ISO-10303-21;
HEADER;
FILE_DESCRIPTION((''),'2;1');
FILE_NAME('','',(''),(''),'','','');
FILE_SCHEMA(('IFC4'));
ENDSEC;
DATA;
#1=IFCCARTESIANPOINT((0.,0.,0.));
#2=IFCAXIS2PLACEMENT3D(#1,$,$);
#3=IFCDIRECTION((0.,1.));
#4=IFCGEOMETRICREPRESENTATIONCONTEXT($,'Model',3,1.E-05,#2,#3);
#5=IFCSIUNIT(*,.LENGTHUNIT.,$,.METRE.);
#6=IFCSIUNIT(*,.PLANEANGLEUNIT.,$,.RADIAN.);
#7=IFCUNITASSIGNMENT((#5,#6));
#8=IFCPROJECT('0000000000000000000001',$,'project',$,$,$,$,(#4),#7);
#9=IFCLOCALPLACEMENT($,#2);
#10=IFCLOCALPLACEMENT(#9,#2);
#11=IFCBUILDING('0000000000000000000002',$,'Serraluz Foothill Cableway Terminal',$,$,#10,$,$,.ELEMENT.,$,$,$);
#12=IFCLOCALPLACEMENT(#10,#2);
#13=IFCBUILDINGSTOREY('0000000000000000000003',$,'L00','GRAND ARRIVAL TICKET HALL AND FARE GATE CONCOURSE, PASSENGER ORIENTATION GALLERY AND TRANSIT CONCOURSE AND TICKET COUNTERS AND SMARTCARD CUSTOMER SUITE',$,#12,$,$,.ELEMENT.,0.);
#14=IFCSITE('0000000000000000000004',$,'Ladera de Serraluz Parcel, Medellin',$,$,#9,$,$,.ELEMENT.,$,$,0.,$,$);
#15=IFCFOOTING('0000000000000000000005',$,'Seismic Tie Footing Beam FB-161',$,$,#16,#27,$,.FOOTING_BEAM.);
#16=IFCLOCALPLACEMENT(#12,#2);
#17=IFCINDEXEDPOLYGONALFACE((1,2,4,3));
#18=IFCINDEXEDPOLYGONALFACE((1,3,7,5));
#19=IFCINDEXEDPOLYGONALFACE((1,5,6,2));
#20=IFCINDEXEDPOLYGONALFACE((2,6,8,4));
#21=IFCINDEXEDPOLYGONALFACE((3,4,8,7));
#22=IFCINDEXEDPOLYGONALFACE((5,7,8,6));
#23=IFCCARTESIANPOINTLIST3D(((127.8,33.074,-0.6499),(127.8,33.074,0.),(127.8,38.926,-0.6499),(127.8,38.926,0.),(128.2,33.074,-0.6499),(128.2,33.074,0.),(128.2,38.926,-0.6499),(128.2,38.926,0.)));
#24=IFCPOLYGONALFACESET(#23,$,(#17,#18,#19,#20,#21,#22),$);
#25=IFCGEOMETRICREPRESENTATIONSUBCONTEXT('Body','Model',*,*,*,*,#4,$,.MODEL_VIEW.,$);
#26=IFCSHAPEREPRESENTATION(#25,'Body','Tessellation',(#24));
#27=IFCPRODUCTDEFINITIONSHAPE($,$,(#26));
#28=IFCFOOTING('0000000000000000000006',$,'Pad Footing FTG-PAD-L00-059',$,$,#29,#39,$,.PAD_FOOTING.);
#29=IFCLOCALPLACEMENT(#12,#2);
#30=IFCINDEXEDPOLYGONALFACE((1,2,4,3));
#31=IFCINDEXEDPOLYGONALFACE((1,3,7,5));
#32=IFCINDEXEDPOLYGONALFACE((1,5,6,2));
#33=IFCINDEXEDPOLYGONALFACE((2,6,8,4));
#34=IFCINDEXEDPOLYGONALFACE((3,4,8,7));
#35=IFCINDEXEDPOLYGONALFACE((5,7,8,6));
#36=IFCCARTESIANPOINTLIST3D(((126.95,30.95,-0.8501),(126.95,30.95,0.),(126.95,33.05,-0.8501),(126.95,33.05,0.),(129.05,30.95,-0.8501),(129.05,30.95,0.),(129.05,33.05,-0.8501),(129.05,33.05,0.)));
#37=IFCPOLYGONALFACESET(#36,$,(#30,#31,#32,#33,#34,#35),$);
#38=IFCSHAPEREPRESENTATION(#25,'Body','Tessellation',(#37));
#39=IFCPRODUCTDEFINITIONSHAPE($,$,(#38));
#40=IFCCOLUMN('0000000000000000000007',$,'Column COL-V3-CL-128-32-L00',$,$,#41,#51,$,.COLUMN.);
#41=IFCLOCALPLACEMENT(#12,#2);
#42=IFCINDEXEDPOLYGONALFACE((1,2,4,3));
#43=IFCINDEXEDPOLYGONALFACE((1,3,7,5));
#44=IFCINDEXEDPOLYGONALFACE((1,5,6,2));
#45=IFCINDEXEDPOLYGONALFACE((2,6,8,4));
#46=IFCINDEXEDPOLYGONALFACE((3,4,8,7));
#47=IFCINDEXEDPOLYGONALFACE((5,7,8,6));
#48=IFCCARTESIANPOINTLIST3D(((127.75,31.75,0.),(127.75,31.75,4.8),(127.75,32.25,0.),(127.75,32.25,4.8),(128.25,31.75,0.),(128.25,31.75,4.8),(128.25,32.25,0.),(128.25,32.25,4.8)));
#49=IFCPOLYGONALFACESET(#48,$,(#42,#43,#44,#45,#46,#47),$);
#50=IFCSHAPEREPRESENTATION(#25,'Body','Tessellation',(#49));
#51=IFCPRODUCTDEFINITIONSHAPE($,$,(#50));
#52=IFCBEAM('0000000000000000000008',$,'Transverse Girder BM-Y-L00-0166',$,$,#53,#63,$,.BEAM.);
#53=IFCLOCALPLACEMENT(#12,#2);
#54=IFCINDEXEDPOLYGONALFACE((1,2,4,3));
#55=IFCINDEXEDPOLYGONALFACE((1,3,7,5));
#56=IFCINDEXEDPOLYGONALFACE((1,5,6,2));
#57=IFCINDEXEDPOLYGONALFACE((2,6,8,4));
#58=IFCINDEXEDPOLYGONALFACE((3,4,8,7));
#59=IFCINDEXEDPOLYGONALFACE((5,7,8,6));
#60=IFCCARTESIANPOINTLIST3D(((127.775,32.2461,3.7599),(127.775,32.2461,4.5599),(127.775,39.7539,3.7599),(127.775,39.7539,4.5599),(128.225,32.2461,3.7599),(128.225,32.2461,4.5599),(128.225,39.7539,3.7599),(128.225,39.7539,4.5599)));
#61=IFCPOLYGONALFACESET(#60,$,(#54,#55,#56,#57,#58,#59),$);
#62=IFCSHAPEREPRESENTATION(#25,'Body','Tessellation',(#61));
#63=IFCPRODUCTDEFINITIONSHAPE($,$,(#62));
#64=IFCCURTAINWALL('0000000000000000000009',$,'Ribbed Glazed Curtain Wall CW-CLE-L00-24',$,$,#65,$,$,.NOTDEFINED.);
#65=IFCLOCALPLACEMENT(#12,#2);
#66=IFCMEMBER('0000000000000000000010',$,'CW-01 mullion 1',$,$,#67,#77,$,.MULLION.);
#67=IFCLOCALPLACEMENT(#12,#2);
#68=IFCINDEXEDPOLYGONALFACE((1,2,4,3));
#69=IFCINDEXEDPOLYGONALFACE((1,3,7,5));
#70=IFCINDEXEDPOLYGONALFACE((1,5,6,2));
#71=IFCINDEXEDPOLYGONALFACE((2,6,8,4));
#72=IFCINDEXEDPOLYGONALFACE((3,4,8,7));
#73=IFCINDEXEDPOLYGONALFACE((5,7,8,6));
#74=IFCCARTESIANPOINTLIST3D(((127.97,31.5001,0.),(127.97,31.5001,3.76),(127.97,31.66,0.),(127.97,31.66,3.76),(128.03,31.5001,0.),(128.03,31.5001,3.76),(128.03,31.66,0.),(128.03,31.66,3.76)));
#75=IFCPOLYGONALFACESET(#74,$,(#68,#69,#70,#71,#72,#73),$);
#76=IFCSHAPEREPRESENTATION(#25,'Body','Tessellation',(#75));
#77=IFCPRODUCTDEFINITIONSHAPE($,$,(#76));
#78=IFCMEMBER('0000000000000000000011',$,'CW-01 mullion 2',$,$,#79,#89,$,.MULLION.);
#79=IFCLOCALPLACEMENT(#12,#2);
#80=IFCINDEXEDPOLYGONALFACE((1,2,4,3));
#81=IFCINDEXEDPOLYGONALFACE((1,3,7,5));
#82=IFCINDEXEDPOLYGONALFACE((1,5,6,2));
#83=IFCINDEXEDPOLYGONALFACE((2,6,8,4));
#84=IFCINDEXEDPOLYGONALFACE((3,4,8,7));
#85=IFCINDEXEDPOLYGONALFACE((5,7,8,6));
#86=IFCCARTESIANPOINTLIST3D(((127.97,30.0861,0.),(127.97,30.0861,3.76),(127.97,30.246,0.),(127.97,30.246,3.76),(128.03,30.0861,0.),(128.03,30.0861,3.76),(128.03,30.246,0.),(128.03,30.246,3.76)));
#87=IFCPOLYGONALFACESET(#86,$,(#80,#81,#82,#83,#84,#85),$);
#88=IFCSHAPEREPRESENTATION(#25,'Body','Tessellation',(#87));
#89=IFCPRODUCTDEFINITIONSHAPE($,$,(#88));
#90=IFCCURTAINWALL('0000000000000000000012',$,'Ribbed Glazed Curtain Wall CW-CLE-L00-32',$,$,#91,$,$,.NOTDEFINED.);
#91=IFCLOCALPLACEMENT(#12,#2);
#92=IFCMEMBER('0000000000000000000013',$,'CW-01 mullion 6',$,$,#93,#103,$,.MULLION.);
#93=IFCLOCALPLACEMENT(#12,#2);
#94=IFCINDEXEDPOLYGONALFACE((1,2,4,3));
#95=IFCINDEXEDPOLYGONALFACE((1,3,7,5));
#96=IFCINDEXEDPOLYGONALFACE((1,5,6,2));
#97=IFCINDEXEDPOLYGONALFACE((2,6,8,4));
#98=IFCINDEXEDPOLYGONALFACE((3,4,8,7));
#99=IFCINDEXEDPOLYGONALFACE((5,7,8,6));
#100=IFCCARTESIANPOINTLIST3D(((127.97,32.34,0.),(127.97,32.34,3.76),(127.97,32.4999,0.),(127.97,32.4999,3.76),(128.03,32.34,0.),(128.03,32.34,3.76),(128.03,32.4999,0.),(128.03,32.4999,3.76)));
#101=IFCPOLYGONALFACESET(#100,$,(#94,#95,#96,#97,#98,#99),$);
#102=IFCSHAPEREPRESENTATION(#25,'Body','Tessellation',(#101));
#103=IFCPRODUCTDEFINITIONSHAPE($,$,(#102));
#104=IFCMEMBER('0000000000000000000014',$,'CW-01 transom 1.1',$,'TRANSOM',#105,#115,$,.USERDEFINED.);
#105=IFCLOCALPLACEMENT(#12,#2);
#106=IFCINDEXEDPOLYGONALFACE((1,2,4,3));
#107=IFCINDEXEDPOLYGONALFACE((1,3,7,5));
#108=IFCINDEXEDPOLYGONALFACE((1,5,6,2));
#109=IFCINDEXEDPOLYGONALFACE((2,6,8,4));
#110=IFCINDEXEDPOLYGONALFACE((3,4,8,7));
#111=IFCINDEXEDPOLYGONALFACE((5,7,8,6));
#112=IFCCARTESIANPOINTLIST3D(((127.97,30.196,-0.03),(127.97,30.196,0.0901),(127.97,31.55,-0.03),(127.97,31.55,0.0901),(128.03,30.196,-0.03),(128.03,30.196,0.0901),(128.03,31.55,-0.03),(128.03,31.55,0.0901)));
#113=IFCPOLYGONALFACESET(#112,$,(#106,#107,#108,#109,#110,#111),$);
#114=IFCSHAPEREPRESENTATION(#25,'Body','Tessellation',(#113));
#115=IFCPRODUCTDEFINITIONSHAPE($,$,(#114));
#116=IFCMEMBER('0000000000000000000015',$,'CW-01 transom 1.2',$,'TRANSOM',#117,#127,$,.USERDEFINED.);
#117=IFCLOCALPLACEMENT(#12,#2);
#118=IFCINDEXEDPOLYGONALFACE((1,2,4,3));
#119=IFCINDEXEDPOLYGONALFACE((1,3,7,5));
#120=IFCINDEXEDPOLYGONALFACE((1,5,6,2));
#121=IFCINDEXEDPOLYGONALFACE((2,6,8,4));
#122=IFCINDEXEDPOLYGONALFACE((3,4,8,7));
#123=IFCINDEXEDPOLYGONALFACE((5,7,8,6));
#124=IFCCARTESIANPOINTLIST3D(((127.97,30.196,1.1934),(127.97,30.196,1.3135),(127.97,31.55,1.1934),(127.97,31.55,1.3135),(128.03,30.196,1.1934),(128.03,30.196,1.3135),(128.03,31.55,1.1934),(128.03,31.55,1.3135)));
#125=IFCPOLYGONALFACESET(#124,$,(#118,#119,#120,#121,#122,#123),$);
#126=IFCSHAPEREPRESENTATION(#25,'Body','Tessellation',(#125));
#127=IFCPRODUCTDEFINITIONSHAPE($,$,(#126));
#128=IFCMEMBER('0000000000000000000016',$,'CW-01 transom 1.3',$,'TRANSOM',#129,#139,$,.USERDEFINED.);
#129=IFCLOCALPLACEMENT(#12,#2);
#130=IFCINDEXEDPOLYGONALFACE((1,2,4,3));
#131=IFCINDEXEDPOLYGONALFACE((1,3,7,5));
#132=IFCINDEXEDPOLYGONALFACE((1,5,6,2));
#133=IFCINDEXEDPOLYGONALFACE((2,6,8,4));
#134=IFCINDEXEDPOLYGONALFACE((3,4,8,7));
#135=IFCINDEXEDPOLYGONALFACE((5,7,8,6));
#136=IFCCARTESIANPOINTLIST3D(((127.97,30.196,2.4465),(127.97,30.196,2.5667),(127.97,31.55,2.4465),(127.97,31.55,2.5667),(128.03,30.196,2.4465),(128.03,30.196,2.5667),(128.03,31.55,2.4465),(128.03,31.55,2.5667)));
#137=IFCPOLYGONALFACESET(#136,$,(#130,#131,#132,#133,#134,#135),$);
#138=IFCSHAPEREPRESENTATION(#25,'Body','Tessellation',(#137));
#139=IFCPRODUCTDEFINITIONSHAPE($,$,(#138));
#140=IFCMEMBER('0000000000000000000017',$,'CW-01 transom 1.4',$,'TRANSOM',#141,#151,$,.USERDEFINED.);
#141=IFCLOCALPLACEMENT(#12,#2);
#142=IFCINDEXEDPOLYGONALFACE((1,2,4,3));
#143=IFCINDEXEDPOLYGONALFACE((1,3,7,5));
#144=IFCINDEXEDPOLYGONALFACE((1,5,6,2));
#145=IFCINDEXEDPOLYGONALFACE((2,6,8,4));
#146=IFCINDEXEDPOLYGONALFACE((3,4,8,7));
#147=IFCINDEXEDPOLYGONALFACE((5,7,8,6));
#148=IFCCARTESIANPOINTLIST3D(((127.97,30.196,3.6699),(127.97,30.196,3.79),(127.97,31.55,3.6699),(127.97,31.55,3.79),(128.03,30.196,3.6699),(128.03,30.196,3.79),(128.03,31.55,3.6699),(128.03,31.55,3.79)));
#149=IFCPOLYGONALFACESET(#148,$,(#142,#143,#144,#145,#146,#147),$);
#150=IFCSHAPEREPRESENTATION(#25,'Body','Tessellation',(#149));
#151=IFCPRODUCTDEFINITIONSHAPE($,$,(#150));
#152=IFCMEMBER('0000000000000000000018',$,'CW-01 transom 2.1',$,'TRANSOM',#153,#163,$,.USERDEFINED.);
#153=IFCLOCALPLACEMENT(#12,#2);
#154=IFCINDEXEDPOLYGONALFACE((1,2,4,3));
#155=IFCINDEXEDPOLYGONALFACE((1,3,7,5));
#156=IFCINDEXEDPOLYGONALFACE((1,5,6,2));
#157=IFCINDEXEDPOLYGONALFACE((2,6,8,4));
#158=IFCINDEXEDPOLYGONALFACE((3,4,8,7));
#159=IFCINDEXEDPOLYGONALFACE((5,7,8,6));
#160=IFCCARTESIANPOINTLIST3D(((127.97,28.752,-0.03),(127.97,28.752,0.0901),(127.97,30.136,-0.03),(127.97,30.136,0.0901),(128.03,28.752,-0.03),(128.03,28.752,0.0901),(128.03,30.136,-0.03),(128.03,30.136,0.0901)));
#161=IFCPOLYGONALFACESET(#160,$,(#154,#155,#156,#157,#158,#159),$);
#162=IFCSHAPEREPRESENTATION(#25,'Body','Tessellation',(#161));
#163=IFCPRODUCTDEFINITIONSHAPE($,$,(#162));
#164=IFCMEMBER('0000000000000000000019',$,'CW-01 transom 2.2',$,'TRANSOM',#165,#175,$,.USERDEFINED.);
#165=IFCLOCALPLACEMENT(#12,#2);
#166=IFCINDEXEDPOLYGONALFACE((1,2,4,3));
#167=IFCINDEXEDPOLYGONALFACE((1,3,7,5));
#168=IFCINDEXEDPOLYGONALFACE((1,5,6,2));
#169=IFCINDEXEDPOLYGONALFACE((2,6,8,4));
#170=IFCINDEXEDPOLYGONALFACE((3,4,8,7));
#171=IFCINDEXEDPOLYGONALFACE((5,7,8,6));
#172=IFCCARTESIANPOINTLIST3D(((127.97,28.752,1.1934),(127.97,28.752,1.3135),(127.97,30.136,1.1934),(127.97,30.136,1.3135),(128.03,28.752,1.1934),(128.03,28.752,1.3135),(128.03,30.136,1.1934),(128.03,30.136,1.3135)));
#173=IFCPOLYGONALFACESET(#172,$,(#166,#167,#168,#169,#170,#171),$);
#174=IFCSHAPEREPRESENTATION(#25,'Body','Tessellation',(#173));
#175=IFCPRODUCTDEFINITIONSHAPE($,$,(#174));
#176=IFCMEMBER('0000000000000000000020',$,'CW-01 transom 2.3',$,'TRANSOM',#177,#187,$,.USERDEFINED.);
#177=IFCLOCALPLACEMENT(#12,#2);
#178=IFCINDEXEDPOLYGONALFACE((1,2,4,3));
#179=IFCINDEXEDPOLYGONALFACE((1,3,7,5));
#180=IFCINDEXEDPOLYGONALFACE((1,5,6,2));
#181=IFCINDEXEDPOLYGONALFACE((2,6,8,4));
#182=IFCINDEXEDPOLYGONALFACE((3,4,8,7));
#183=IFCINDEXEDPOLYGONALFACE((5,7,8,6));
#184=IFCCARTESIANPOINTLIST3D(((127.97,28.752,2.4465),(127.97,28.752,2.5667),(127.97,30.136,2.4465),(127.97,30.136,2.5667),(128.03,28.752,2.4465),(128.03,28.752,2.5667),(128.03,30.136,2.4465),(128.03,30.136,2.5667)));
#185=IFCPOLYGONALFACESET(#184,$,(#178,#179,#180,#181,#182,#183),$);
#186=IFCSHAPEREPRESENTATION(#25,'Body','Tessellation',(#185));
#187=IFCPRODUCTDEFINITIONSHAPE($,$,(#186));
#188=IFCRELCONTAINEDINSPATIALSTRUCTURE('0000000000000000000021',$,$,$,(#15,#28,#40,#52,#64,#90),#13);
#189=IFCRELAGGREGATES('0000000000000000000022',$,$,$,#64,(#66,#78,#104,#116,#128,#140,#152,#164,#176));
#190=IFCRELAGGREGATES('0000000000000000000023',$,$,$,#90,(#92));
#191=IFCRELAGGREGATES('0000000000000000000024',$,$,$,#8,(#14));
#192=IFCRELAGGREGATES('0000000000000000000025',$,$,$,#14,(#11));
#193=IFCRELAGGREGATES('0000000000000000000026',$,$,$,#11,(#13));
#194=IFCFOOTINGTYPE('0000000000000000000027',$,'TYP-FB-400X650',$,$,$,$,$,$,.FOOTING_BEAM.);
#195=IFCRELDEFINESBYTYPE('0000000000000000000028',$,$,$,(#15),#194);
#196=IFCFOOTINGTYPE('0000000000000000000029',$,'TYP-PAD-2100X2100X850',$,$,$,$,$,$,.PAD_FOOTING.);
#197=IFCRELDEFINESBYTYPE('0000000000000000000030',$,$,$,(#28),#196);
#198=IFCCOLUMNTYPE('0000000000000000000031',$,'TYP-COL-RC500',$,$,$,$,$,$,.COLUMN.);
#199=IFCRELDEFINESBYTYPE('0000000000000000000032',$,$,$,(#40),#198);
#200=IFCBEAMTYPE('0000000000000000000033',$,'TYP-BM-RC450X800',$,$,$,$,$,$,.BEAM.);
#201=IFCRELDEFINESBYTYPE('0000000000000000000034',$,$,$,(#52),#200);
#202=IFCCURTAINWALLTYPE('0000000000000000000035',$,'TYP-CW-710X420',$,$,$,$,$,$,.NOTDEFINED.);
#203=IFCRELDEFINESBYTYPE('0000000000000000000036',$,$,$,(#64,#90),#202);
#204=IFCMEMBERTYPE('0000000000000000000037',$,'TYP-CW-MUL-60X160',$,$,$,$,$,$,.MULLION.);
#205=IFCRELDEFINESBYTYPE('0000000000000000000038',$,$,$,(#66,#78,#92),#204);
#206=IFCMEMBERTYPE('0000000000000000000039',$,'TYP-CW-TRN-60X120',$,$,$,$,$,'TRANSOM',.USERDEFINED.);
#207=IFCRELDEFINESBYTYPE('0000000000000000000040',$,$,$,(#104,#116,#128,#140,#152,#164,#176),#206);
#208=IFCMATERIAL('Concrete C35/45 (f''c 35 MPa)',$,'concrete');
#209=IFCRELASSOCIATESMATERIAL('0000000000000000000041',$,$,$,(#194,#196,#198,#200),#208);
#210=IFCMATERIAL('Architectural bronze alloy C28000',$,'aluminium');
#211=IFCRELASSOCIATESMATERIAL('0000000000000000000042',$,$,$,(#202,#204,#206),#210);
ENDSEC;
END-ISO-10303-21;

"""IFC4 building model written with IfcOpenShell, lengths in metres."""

from ifc_helpers import new_model, si_unit, direction, frame, origin, origin_2d, place, context, subcontext, project, spatial, rectangle, extrude, material, material_profile, profile_set, type_object, element, aggregate, save


model = new_model("IFC4")

# Units and contexts
model_context = context("Model", 3, precision=1e-05, world=origin(), true_north=direction((0.0, 1.0)))
body_context = subcontext(model_context, "Body", "Model", "MODEL_VIEW")
ifc_project = project(units=[si_unit("LENGTHUNIT", "METRE"), si_unit("PLANEANGLEUNIT", "RADIAN")], contexts=[model_context])

# Site, building, storey
site_placement = place(None, origin())
site = spatial("IfcSite", under=ifc_project, at=site_placement, Name="Ladera de Serraluz Parcel, Medellin", CompositionType="ELEMENT", RefElevation=0.0)
building_placement = place(site_placement, origin())
building = spatial("IfcBuilding", under=site, at=building_placement, Name="Serraluz Foothill Cableway Terminal", CompositionType="ELEMENT")
storey_placement = place(building_placement, origin())
storey = spatial("IfcBuildingStorey", under=building, at=storey_placement, Name="L00", Description="GRAND ARRIVAL TICKET HALL AND FARE GATE CONCOURSE, PASSENGER ORIENTATION GALLERY AND TRANSIT CONCOURSE AND TICKET COUNTERS AND SMARTCARD CUSTOMER SUITE", CompositionType="ELEMENT", Elevation=0.0)

# Footings
ifc_material_1 = material(Name="Concrete C35/45 (f'c 35 MPa)", Category="concrete")
ifc_material_profile_1 = material_profile(ifc_material_1, rectangle(XDim=0.3999, YDim=0.6499, at=origin_2d()), Name="RC 400x650")
ifc_profile_set_1 = profile_set([ifc_material_profile_1], Name="Concrete C35/45 (f'c 35 MPa)")
footing_type_1 = type_object("IfcFootingType", Name="TYP-FB-400X650", PredefinedType="FOOTING_BEAM", material=ifc_profile_set_1)
footing_1_placement = place(storey_placement, frame((128.0, 33.074, -0.325), z_axis=(0.0, 1.0, 0.0), x_axis=(-1.0, 0.0, 0.0)))
element("IfcFooting", 1, at=footing_1_placement, inside=storey, type_object=footing_type_1, Name="Seismic Tie Footing Beam FB-161", PredefinedType="FOOTING_BEAM", context=body_context, shape_type="SweptSolid", body=[
    extrude(rectangle(XDim=0.3999, YDim=0.6499, at=origin_2d()), origin(), (0.0, 0.0, 1.0), 5.8521),
])
footing_type_2 = type_object("IfcFootingType", Name="TYP-PAD-2100X2100X850", PredefinedType="PAD_FOOTING", material=ifc_material_1)
footing_2_placement = place(storey_placement, frame((128.0, 32.0, -0.8501), z_axis=(0.0, 0.0, 1.0), x_axis=(1.0, 0.0, 0.0)))
element("IfcFooting", 2, at=footing_2_placement, inside=storey, type_object=footing_type_2, Name="Pad Footing FTG-PAD-L00-059", PredefinedType="PAD_FOOTING", context=body_context, shape_type="SweptSolid", body=[
    extrude(rectangle(XDim=2.1001, YDim=2.1001, at=origin_2d()), origin(), (0.0, 0.0, 1.0), 0.8501),
])

# Column
ifc_material_profile_2 = material_profile(ifc_material_1, rectangle(XDim=0.5, YDim=0.5, at=origin_2d()), Name="RC 500x500")
ifc_profile_set_2 = profile_set([ifc_material_profile_2], Name="Concrete C35/45 (f'c 35 MPa)")
column_type = type_object("IfcColumnType", Name="TYP-COL-RC500", PredefinedType="COLUMN", material=ifc_profile_set_2)
column_placement = place(storey_placement, frame((128.0, 32.0, 0.0), z_axis=(0.0, 0.0, 1.0), x_axis=(1.0, 0.0, 0.0)))
element("IfcColumn", 3, at=column_placement, inside=storey, type_object=column_type, Name="Column COL-V3-CL-128-32-L00", PredefinedType="COLUMN", context=body_context, shape_type="SweptSolid", body=[
    extrude(rectangle(XDim=0.5, YDim=0.5, at=origin_2d()), origin(), (0.0, 0.0, 1.0), 4.8),
])

# Beam
ifc_material_profile_3 = material_profile(ifc_material_1, rectangle(XDim=0.45, YDim=0.8, at=origin_2d()), Name="RC 450x800")
ifc_profile_set_3 = profile_set([ifc_material_profile_3], Name="Concrete C35/45 (f'c 35 MPa)")
beam_type = type_object("IfcBeamType", Name="TYP-BM-RC450X800", PredefinedType="BEAM", material=ifc_profile_set_3)
beam_placement = place(storey_placement, frame((128.0, 32.2461, 4.1599), z_axis=(0.0, 1.0, 0.0), x_axis=(-1.0, 0.0, 0.0)))
element("IfcBeam", 4, at=beam_placement, inside=storey, type_object=beam_type, Name="Transverse Girder BM-Y-L00-0166", PredefinedType="BEAM", context=body_context, shape_type="SweptSolid", body=[
    extrude(rectangle(XDim=0.45, YDim=0.8, at=origin_2d()), origin(), (0.0, 0.0, 1.0), 7.5078),
])

# Curtain wall, members
ifc_material_2 = material(Name="Architectural bronze alloy C28000", Category="aluminium")
curtain_wall_type = type_object("IfcCurtainWallType", Name="TYP-CW-710X420", PredefinedType="NOTDEFINED", material=ifc_material_2)
curtain_wall_1_placement = place(storey_placement, origin())
curtain_wall_1 = element("IfcCurtainWall", 5, at=curtain_wall_1_placement, inside=storey, type_object=curtain_wall_type, Name="Ribbed Glazed Curtain Wall CW-CLE-L00-24", PredefinedType="NOTDEFINED")
ifc_material_profile_4 = material_profile(ifc_material_2, rectangle(XDim=0.0601, YDim=0.1599, at=origin_2d()), Name="ALU MULLION 60x160")
ifc_profile_set_4 = profile_set([ifc_material_profile_4], Name="Architectural bronze alloy C28000")
member_type_1 = type_object("IfcMemberType", Name="TYP-CW-MUL-60X160", PredefinedType="MULLION", material=ifc_profile_set_4)
member_1_placement = place(storey_placement, frame((128.0, 31.5801, 0.0), z_axis=(0.0, 0.0, 1.0), x_axis=(1.0, 0.0, 0.0)))
member_1 = element("IfcMember", 6, at=member_1_placement, type_object=member_type_1, Name="CW-01 mullion 1", PredefinedType="MULLION", context=body_context, shape_type="SweptSolid", body=[
    extrude(rectangle(XDim=0.0601, YDim=0.1599, at=origin_2d()), origin(), (0.0, 0.0, 1.0), 3.76),
])
member_2_placement = place(storey_placement, frame((128.0, 30.166, 0.0), z_axis=(0.0, 0.0, 1.0), x_axis=(1.0, 0.0, 0.0)))
member_2 = element("IfcMember", 7, at=member_2_placement, type_object=member_type_1, Name="CW-01 mullion 2", PredefinedType="MULLION", context=body_context, shape_type="SweptSolid", body=[
    extrude(rectangle(XDim=0.0601, YDim=0.1599, at=origin_2d()), origin(), (0.0, 0.0, 1.0), 3.76),
])

# Curtain wall, member
curtain_wall_2_placement = place(storey_placement, origin())
curtain_wall_2 = element("IfcCurtainWall", 8, at=curtain_wall_2_placement, inside=storey, type_object=curtain_wall_type, Name="Ribbed Glazed Curtain Wall CW-CLE-L00-32", PredefinedType="NOTDEFINED")
member_3_placement = place(storey_placement, frame((128.0, 32.4199, 0.0), z_axis=(0.0, 0.0, 1.0), x_axis=(1.0, 0.0, 0.0)))
member_3 = element("IfcMember", 9, at=member_3_placement, type_object=member_type_1, Name="CW-01 mullion 6", PredefinedType="MULLION", context=body_context, shape_type="SweptSolid", body=[
    extrude(rectangle(XDim=0.0601, YDim=0.1599, at=origin_2d()), origin(), (0.0, 0.0, 1.0), 3.76),
])

# Members
ifc_material_profile_5 = material_profile(ifc_material_2, rectangle(XDim=0.0601, YDim=0.1201, at=origin_2d()), Name="ALU TRANSOM 60x120")
ifc_profile_set_5 = profile_set([ifc_material_profile_5], Name="Architectural bronze alloy C28000")
member_type_2 = type_object("IfcMemberType", Name="TYP-CW-TRN-60X120", ElementType="TRANSOM", PredefinedType="USERDEFINED", material=ifc_profile_set_5)
member_4_placement = place(storey_placement, frame((128.0, 31.55, 0.03), z_axis=(0.0, -1.0, 0.0), x_axis=(1.0, 0.0, 0.0)))
member_4 = element("IfcMember", 10, at=member_4_placement, type_object=member_type_2, Name="CW-01 transom 1.1", ObjectType="TRANSOM", PredefinedType="USERDEFINED", context=body_context, shape_type="SweptSolid", body=[
    extrude(rectangle(XDim=0.0601, YDim=0.1201, at=origin_2d()), origin(), (0.0, 0.0, 1.0), 1.354),
])
member_5_placement = place(storey_placement, frame((128.0, 31.55, 1.2534), z_axis=(0.0, -1.0, 0.0), x_axis=(1.0, 0.0, 0.0)))
member_5 = element("IfcMember", 11, at=member_5_placement, type_object=member_type_2, Name="CW-01 transom 1.2", ObjectType="TRANSOM", PredefinedType="USERDEFINED", context=body_context, shape_type="SweptSolid", body=[
    extrude(rectangle(XDim=0.0601, YDim=0.1201, at=origin_2d()), origin(), (0.0, 0.0, 1.0), 1.354),
])
member_6_placement = place(storey_placement, frame((128.0, 31.55, 2.5066), z_axis=(0.0, -1.0, 0.0), x_axis=(1.0, 0.0, 0.0)))
member_6 = element("IfcMember", 12, at=member_6_placement, type_object=member_type_2, Name="CW-01 transom 1.3", ObjectType="TRANSOM", PredefinedType="USERDEFINED", context=body_context, shape_type="SweptSolid", body=[
    extrude(rectangle(XDim=0.0601, YDim=0.1201, at=origin_2d()), origin(), (0.0, 0.0, 1.0), 1.354),
])
member_7_placement = place(storey_placement, frame((128.0, 31.55, 3.73), z_axis=(0.0, -1.0, 0.0), x_axis=(1.0, 0.0, 0.0)))
member_7 = element("IfcMember", 13, at=member_7_placement, type_object=member_type_2, Name="CW-01 transom 1.4", ObjectType="TRANSOM", PredefinedType="USERDEFINED", context=body_context, shape_type="SweptSolid", body=[
    extrude(rectangle(XDim=0.0601, YDim=0.1201, at=origin_2d()), origin(), (0.0, 0.0, 1.0), 1.354),
])
member_8_placement = place(storey_placement, frame((128.0, 30.136, 0.03), z_axis=(0.0, -1.0, 0.0), x_axis=(1.0, 0.0, 0.0)))
member_8 = element("IfcMember", 14, at=member_8_placement, type_object=member_type_2, Name="CW-01 transom 2.1", ObjectType="TRANSOM", PredefinedType="USERDEFINED", context=body_context, shape_type="SweptSolid", body=[
    extrude(rectangle(XDim=0.0601, YDim=0.1201, at=origin_2d()), origin(), (0.0, 0.0, 1.0), 1.384),
])
member_9_placement = place(storey_placement, frame((128.0, 30.136, 1.2534), z_axis=(0.0, -1.0, 0.0), x_axis=(1.0, 0.0, 0.0)))
member_9 = element("IfcMember", 15, at=member_9_placement, type_object=member_type_2, Name="CW-01 transom 2.2", ObjectType="TRANSOM", PredefinedType="USERDEFINED", context=body_context, shape_type="SweptSolid", body=[
    extrude(rectangle(XDim=0.0601, YDim=0.1201, at=origin_2d()), origin(), (0.0, 0.0, 1.0), 1.384),
])
member_10_placement = place(storey_placement, frame((128.0, 30.136, 2.5066), z_axis=(0.0, -1.0, 0.0), x_axis=(1.0, 0.0, 0.0)))
member_10 = element("IfcMember", 16, at=member_10_placement, type_object=member_type_2, Name="CW-01 transom 2.3", ObjectType="TRANSOM", PredefinedType="USERDEFINED", context=body_context, shape_type="SweptSolid", body=[
    extrude(rectangle(XDim=0.0601, YDim=0.1201, at=origin_2d()), origin(), (0.0, 0.0, 1.0), 1.384),
])

aggregate(curtain_wall_1, [member_1, member_2, member_4, member_5, member_6, member_7, member_8, member_9, member_10])
aggregate(curtain_wall_2, [member_3])

save(model, "model.ifc")
